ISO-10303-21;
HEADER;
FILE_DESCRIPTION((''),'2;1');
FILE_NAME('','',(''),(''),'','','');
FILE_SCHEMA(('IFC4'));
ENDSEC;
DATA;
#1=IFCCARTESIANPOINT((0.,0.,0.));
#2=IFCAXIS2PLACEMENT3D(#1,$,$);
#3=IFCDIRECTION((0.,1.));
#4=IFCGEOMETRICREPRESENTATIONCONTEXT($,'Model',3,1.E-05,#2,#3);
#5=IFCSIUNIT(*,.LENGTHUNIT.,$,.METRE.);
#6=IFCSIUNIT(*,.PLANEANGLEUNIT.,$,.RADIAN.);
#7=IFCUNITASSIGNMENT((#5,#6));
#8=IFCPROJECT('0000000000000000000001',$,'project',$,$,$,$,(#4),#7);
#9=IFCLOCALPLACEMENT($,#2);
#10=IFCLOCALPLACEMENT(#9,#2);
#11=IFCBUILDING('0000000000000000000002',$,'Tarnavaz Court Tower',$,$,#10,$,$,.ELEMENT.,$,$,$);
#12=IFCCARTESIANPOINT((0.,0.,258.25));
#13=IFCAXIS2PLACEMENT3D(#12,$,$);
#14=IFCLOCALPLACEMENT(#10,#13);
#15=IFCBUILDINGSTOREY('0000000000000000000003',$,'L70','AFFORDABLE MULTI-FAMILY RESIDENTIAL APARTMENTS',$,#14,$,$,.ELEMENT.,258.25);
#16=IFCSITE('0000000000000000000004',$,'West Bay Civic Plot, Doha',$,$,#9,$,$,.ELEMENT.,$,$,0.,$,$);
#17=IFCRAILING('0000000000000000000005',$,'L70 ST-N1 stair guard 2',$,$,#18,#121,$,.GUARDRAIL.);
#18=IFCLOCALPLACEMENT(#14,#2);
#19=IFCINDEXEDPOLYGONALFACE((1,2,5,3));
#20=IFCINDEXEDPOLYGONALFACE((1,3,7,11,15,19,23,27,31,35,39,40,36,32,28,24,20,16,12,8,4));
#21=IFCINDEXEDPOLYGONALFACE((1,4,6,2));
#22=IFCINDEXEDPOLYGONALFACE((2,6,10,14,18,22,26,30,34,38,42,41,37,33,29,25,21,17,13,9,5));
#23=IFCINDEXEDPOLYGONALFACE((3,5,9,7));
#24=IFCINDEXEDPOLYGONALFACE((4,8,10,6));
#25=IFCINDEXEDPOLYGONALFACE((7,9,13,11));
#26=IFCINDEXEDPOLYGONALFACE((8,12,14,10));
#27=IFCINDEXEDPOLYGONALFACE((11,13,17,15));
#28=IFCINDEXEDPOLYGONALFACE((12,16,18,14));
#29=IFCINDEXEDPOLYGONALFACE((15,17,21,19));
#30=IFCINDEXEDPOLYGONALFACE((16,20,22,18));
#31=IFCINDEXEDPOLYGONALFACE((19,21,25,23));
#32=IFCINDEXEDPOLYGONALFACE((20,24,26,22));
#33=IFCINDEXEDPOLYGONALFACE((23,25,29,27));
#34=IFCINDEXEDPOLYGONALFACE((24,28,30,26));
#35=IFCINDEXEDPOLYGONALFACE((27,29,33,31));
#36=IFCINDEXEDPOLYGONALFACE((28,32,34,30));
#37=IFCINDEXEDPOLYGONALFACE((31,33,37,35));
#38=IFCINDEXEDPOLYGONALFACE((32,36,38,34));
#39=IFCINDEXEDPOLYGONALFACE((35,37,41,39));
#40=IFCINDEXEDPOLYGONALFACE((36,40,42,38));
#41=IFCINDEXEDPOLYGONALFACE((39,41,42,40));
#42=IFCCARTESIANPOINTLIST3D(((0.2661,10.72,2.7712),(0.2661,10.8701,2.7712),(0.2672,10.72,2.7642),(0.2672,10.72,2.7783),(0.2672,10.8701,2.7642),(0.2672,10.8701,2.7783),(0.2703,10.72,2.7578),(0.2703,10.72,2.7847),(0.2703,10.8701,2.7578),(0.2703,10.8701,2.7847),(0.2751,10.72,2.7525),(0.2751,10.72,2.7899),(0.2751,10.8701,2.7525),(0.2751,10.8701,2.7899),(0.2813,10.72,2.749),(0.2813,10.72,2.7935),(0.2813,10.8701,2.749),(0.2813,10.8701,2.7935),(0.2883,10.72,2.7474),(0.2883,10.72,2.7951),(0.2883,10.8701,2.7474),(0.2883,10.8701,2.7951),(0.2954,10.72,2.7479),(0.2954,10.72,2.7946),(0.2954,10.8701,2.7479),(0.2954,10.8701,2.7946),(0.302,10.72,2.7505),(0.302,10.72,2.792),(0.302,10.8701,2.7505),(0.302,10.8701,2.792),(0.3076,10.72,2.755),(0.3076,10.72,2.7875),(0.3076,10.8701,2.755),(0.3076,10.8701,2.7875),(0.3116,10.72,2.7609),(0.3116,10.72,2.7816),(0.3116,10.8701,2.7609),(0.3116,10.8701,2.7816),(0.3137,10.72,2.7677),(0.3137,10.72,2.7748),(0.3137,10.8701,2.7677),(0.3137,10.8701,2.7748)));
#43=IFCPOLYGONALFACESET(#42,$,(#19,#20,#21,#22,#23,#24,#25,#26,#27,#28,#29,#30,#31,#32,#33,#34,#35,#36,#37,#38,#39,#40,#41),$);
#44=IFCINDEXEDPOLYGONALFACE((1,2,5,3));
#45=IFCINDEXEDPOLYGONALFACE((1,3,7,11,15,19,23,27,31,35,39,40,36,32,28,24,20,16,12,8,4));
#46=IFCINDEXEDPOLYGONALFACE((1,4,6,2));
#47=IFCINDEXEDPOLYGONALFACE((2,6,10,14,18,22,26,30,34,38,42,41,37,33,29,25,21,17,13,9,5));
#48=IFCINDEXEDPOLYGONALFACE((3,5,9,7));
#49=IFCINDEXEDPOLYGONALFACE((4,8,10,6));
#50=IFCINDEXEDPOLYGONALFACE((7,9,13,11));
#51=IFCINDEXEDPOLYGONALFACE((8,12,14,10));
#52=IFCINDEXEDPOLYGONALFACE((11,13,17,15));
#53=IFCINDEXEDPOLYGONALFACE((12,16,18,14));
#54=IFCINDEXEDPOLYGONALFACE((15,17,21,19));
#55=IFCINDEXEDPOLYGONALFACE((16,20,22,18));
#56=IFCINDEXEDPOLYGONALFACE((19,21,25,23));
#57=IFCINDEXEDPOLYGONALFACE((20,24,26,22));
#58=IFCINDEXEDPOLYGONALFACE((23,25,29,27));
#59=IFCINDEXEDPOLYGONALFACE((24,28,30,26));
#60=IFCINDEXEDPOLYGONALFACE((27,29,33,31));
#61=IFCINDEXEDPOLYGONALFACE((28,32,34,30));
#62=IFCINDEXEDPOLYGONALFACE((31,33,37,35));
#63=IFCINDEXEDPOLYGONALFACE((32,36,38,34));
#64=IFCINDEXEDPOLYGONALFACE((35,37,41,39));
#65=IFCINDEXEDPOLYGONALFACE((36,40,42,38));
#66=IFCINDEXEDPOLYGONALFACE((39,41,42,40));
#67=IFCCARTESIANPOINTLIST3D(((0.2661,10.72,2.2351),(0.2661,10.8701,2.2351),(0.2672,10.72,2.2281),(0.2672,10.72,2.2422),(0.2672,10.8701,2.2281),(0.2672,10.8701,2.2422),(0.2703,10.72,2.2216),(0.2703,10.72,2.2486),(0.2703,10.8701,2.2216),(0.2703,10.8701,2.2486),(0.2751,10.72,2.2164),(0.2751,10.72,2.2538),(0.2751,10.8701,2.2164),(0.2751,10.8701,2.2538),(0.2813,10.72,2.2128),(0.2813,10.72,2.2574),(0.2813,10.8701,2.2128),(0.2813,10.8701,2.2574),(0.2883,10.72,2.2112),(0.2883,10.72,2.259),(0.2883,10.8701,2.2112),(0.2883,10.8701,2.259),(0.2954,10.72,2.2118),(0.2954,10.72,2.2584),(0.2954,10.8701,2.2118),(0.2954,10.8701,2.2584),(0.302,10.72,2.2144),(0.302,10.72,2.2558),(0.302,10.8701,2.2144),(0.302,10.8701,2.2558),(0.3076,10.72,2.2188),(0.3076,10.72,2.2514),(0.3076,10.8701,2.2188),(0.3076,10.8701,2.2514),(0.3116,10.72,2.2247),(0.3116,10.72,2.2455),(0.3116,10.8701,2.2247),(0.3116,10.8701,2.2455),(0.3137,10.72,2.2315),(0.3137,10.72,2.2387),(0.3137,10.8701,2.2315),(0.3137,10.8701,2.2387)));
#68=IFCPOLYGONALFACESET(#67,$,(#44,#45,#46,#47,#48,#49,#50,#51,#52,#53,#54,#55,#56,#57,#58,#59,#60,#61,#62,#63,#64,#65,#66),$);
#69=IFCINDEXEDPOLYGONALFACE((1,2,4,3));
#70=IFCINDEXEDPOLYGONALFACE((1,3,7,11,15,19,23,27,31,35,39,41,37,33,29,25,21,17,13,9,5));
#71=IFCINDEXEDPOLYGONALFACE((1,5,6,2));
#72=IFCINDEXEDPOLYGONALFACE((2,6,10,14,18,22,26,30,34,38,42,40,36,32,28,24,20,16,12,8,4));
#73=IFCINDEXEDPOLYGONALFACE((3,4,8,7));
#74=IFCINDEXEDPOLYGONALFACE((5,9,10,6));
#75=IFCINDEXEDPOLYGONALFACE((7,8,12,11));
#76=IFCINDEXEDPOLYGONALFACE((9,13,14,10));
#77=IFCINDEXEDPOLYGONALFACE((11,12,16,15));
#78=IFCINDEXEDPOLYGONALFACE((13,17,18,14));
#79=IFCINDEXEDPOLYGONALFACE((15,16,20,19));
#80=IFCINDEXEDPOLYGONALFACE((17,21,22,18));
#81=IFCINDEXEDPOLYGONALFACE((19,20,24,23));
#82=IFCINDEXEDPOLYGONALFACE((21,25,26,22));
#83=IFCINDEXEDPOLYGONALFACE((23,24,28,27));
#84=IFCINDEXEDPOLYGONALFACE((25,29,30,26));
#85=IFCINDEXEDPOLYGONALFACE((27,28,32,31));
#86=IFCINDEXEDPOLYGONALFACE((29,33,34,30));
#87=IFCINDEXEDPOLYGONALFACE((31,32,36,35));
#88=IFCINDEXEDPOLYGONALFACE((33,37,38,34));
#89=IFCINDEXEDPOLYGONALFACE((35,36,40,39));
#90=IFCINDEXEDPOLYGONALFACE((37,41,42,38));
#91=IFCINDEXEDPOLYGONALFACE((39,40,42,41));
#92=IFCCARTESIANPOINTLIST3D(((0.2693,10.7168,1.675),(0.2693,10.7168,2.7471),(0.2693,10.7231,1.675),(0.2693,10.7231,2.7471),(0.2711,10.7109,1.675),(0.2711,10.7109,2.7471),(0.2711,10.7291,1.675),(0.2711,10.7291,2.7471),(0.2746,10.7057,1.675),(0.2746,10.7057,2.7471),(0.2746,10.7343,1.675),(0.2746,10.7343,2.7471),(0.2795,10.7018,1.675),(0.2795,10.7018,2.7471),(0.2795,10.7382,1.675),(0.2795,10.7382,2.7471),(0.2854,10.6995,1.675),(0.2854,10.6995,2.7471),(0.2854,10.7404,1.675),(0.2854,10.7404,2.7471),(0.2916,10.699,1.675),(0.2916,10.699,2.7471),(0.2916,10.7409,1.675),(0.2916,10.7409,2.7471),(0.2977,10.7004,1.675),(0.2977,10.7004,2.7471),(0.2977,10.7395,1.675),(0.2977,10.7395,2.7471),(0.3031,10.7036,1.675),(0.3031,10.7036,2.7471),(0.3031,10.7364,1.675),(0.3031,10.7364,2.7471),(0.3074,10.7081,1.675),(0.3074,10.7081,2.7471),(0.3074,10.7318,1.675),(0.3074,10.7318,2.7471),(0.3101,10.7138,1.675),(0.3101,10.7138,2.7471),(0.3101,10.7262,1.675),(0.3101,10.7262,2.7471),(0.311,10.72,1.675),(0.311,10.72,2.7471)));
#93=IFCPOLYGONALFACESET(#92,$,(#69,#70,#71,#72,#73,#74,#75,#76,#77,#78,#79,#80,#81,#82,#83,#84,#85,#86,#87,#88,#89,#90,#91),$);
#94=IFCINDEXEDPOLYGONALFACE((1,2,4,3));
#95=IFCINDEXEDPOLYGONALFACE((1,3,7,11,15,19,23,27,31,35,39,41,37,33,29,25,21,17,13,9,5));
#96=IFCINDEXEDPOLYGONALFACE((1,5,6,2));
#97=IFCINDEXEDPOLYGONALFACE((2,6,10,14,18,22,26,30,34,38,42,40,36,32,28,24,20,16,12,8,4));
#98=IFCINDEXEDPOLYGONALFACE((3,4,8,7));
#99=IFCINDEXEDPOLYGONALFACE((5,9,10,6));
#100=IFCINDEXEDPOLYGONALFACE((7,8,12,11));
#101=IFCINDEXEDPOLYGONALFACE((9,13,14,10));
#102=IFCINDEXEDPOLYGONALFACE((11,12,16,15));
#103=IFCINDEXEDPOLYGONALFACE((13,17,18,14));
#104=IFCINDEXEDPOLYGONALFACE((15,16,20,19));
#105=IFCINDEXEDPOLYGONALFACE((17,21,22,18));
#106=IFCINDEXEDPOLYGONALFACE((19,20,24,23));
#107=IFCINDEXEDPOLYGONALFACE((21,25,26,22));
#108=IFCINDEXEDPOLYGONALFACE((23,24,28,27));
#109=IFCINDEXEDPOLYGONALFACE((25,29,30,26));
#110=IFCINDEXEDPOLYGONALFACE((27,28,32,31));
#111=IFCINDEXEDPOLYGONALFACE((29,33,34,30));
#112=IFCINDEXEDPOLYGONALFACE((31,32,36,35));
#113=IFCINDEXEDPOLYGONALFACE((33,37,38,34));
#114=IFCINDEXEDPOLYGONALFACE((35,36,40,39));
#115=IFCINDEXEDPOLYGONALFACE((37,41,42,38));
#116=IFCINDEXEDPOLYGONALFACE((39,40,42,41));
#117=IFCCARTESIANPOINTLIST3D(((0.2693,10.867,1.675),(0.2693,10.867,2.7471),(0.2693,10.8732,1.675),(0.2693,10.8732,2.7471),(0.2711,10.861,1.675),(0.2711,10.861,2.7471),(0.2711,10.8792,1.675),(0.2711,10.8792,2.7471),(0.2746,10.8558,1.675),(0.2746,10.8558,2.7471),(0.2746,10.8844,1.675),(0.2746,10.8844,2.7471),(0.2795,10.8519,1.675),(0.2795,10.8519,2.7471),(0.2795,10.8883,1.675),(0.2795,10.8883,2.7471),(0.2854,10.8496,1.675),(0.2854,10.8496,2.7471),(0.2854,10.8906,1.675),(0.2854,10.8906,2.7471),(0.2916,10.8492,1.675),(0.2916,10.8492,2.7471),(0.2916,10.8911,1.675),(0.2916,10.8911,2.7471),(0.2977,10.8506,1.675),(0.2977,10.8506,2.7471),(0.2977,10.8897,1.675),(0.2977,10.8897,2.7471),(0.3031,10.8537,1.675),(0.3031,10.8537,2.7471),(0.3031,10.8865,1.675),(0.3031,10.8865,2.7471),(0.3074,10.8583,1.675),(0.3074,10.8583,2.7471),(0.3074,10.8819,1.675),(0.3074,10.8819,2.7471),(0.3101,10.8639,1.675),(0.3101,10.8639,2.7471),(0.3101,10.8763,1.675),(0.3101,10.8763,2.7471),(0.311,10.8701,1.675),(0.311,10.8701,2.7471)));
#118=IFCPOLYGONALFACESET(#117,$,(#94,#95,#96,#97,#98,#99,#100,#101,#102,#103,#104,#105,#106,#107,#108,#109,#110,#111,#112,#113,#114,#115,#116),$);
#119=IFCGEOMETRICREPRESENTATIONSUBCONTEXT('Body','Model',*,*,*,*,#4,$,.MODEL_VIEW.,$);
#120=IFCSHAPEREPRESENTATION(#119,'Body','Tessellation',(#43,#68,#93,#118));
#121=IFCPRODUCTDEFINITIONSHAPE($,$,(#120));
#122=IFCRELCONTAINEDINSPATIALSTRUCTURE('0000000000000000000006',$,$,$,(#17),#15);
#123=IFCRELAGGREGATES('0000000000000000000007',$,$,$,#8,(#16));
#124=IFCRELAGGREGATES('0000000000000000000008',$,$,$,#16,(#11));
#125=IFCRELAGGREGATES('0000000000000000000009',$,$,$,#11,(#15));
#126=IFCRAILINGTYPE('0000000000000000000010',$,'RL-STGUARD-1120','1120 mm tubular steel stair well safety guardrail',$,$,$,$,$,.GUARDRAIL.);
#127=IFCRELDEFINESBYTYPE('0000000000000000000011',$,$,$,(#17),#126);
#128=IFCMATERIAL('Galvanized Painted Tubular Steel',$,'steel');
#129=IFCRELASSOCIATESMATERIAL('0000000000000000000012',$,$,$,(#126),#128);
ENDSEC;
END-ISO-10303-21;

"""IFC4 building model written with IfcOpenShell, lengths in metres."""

from ifc_helpers import new_model, si_unit, direction, frame, origin, origin_2d, place, context, subcontext, project, spatial, circle, extrude, material, type_object, element, save


model = new_model("IFC4")

# Units and contexts
model_context = context("Model", 3, precision=1e-05, world=origin(), true_north=direction((0.0, 1.0)))
body_context = subcontext(model_context, "Body", "Model", "MODEL_VIEW")
ifc_project = project(units=[si_unit("LENGTHUNIT", "METRE"), si_unit("PLANEANGLEUNIT", "RADIAN")], contexts=[model_context])

# Site, building, storey
site_placement = place(None, origin())
site = spatial("IfcSite", under=ifc_project, at=site_placement, Name="West Bay Civic Plot, Doha", CompositionType="ELEMENT", RefElevation=0.0)
building_placement = place(site_placement, origin())
building = spatial("IfcBuilding", under=site, at=building_placement, Name="Tarnavaz Court Tower", CompositionType="ELEMENT")
storey_placement = place(building_placement, frame((0.0, 0.0, 258.25)))
storey = spatial("IfcBuildingStorey", under=building, at=storey_placement, Name="L70", Description="AFFORDABLE MULTI-FAMILY RESIDENTIAL APARTMENTS", CompositionType="ELEMENT", Elevation=258.25)

# Railing
ifc_material_1 = material(Name="Galvanized Painted Tubular Steel", Category="steel")
railing_type_1 = type_object("IfcRailingType", Name="RL-STGUARD-1120", Description="1120 mm tubular steel stair well safety guardrail", PredefinedType="GUARDRAIL", material=ifc_material_1)
railing_1_placement = place(storey_placement, frame((0.29, 10.72, 1.675)))
element("IfcRailing", 1, at=railing_1_placement, inside=storey, type_object=railing_type_1, Name="L70 ST-N1 stair guard 2", PredefinedType="GUARDRAIL", context=body_context, shape_type="SweptSolid", body=[
    extrude(circle(Radius=0.0239, at=origin_2d()), frame((0.0, 0.0, 1.0962), z_axis=(0.0, 1.0, 0.0), x_axis=(-1.0, 0.0, 0.0)), (0.0, 0.0, 1.0), 0.1501),
    extrude(circle(Radius=0.0239, at=origin_2d()), frame((0.0, 0.0, 0.5601), z_axis=(0.0, 1.0, 0.0), x_axis=(-1.0, 0.0, 0.0)), (0.0, 0.0, 1.0), 0.1501),
    extrude(circle(Radius=0.021, at=origin_2d()), origin(), (0.0, 0.0, 1.0), 1.072),
    extrude(circle(Radius=0.021, at=origin_2d()), frame((0.0, 0.1501, 0.0)), (0.0, 0.0, 1.0), 1.072),
])

save(model, "model.ifc")
